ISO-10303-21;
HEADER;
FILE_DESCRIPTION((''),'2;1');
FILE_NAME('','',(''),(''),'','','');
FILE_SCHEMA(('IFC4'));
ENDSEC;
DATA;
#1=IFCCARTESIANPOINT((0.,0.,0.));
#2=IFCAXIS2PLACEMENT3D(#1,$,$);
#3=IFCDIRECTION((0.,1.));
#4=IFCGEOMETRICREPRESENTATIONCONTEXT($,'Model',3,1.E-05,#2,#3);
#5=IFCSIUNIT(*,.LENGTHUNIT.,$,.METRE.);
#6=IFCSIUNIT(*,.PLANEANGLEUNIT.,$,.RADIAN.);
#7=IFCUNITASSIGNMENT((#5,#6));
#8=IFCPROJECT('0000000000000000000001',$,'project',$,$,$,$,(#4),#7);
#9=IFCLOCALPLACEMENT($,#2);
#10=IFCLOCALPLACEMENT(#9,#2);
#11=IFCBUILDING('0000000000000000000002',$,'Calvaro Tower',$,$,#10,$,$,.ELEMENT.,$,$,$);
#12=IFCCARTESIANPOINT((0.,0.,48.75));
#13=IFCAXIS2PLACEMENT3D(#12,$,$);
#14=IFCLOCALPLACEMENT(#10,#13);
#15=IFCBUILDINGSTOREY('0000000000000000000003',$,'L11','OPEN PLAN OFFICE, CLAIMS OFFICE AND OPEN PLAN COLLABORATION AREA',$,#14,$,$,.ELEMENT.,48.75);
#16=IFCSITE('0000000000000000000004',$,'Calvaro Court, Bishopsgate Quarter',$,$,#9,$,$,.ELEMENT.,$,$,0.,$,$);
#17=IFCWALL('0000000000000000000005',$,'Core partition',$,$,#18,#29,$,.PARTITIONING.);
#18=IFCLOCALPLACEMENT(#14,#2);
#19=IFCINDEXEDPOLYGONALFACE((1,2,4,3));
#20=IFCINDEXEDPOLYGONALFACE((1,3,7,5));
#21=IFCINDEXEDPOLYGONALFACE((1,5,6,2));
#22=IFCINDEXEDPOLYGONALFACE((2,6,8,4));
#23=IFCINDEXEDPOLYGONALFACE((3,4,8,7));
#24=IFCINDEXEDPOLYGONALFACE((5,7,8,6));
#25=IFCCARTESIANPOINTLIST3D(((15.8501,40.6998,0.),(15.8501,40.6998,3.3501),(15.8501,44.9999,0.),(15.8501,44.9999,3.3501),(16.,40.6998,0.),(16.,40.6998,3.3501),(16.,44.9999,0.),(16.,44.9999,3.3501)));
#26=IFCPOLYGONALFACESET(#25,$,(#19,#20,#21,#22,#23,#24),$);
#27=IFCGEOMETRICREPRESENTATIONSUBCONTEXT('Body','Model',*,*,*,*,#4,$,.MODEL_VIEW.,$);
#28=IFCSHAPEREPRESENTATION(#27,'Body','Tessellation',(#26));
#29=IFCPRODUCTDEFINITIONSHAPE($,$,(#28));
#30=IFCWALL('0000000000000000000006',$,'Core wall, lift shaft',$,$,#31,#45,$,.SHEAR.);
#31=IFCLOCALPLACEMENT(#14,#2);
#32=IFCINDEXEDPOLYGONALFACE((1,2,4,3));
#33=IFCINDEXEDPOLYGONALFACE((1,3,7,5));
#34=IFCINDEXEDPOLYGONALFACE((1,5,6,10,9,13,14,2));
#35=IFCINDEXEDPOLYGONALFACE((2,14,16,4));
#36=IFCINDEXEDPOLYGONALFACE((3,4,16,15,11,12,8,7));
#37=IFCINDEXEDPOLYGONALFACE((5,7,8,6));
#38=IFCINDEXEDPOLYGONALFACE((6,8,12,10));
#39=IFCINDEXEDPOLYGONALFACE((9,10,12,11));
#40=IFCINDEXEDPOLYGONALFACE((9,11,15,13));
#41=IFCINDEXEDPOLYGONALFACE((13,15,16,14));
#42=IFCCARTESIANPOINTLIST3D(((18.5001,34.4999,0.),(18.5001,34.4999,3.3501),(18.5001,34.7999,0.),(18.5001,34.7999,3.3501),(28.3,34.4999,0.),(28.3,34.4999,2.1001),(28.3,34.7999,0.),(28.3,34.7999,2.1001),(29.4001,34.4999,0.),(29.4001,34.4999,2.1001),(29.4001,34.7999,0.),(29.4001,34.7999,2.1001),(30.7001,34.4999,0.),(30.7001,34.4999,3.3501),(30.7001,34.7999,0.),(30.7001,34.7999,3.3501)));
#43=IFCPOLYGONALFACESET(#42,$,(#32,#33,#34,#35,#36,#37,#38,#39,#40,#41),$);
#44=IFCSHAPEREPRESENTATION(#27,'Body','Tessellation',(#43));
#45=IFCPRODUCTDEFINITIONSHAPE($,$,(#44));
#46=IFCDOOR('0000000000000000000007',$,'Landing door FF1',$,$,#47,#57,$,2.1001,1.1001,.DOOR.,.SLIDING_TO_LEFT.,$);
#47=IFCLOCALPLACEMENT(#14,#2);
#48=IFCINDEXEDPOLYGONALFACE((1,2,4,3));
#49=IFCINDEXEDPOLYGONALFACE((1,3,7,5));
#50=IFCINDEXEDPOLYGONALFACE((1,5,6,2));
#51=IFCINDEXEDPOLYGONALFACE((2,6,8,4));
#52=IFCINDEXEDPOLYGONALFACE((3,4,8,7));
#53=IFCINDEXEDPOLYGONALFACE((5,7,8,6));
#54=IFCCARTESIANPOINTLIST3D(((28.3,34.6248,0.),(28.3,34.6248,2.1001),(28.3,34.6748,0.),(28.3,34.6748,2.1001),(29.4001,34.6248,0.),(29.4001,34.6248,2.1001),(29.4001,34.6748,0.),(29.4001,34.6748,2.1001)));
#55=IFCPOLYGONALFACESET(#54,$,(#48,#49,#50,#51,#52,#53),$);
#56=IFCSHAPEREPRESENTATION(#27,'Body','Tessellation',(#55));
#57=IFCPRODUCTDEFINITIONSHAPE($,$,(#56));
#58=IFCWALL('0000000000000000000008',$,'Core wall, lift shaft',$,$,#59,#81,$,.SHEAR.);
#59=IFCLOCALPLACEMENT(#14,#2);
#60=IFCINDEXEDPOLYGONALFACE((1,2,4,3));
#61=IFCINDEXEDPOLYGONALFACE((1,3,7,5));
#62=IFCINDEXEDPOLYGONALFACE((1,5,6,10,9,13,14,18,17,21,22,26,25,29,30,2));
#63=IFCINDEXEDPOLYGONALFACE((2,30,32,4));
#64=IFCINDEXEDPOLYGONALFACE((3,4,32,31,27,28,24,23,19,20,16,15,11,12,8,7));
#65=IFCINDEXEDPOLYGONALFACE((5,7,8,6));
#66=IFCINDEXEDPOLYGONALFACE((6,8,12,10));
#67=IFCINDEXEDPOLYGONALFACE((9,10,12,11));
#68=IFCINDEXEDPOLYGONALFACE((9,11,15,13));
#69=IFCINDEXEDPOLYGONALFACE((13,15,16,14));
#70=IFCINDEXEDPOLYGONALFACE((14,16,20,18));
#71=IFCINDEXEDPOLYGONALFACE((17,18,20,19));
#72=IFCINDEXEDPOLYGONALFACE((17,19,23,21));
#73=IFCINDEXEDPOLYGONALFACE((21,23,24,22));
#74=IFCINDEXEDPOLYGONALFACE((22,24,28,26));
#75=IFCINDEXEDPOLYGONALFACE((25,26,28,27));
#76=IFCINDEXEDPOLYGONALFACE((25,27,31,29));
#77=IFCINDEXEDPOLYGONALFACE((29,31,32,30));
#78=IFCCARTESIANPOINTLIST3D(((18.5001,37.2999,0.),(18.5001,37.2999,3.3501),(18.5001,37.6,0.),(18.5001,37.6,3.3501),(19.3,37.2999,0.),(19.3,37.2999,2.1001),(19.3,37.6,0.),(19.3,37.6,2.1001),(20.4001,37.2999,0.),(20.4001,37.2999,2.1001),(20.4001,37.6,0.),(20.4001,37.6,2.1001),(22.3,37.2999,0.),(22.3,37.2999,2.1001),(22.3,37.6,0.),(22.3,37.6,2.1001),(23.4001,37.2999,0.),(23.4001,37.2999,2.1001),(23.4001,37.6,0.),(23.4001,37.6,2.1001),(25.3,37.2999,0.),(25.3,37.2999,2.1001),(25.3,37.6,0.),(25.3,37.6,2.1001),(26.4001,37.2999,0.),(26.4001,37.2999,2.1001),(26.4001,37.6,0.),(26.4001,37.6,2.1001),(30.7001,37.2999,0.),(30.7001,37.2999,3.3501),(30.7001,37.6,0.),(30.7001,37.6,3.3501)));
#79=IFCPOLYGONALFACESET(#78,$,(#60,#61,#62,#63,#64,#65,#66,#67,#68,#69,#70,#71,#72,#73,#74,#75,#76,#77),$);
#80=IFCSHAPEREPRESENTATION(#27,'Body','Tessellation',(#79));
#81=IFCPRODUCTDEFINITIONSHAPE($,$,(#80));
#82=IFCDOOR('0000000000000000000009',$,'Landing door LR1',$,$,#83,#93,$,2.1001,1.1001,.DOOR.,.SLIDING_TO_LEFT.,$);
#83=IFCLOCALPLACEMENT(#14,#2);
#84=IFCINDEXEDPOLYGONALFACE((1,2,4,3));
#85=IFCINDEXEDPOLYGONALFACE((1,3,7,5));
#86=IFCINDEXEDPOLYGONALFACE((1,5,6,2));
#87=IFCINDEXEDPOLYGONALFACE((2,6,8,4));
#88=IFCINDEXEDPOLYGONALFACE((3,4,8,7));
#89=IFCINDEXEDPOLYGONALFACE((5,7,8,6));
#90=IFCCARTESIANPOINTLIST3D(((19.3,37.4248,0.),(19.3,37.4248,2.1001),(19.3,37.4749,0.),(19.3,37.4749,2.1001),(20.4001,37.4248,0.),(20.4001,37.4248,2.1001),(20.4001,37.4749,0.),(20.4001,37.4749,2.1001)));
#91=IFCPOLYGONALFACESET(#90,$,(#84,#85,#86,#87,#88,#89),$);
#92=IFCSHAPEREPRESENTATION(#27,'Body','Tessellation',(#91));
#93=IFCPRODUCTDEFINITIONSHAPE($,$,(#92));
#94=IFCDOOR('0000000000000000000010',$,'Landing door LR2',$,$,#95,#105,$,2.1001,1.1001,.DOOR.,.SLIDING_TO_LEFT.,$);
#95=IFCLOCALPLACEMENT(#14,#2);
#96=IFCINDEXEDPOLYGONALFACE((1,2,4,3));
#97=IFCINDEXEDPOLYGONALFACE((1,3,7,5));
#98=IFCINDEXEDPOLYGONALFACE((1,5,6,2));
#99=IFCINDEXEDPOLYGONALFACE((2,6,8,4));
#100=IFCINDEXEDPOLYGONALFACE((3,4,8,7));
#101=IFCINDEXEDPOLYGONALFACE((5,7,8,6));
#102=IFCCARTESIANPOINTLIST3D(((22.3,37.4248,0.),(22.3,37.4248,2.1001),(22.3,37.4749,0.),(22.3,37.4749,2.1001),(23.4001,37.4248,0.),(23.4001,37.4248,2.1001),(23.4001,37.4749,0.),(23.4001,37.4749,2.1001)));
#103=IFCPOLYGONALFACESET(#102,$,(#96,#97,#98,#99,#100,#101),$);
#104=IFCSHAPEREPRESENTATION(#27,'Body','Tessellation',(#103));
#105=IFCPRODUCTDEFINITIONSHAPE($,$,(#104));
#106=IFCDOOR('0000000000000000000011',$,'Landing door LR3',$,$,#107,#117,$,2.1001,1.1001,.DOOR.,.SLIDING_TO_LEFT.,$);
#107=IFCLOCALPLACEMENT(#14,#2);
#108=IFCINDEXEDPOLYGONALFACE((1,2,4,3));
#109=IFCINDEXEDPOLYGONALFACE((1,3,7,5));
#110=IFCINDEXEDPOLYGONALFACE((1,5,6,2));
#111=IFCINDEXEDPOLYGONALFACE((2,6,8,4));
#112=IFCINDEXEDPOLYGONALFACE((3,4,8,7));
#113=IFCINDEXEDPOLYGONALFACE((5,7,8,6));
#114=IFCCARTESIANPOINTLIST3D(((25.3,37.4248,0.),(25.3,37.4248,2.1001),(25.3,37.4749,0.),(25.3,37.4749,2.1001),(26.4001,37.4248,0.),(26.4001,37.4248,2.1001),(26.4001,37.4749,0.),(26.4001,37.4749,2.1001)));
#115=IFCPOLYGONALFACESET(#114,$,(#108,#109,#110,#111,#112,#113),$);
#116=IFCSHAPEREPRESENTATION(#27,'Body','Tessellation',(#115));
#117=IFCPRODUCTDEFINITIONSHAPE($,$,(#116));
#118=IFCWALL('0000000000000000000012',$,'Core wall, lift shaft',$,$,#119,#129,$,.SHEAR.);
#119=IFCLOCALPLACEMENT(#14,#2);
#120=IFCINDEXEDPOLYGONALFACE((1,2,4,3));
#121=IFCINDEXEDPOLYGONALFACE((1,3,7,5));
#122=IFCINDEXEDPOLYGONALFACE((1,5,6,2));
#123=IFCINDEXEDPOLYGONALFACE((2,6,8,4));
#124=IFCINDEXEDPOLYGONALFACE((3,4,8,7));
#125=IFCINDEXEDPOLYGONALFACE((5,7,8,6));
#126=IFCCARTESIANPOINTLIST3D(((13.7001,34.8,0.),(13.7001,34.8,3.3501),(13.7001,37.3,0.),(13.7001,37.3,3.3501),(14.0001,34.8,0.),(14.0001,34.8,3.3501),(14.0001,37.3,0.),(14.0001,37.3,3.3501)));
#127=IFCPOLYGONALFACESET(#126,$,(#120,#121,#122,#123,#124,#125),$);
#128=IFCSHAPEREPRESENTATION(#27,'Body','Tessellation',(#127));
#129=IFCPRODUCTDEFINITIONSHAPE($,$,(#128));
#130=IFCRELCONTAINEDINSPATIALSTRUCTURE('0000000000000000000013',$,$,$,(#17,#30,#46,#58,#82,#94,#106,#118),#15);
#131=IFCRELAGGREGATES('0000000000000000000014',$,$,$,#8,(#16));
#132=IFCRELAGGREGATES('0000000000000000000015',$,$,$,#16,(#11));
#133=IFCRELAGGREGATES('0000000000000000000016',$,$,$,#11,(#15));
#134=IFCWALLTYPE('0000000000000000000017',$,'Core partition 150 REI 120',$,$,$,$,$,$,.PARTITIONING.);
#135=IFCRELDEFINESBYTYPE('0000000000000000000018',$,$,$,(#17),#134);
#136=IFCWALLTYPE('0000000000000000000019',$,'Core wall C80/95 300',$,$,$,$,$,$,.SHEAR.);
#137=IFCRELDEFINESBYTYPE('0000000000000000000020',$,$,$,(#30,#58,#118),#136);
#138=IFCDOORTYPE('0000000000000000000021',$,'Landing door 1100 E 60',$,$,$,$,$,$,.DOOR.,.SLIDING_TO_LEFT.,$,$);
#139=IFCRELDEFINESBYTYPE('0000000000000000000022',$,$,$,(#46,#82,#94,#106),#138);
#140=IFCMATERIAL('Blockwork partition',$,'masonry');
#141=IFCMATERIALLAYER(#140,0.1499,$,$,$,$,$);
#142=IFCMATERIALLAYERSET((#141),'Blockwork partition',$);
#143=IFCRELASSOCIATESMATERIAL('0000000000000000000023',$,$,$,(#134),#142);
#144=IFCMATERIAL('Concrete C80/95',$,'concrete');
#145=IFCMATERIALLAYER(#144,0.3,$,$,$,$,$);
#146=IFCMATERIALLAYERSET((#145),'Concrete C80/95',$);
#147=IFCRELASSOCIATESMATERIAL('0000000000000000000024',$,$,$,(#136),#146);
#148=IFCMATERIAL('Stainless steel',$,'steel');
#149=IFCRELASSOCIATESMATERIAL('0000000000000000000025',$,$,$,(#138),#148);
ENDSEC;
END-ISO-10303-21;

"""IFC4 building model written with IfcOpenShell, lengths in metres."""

from ifc_helpers import new_model, si_unit, direction, frame, frame_2d, origin, place, context, subcontext, project, spatial, rectangle, extrude, material, layer, layer_set, type_object, element, fill, save


model = new_model("IFC4")

# Units and contexts
model_context = context("Model", 3, precision=1e-05, world=origin(), true_north=direction((0.0, 1.0)))
body_context = subcontext(model_context, "Body", "Model", "MODEL_VIEW")
ifc_project = project(units=[si_unit("LENGTHUNIT", "METRE"), si_unit("PLANEANGLEUNIT", "RADIAN")], contexts=[model_context])

# Site, building, storey
site_placement = place(None, origin())
site = spatial("IfcSite", under=ifc_project, at=site_placement, Name="Calvaro Court, Bishopsgate Quarter", CompositionType="ELEMENT", RefElevation=0.0)
building_placement = place(site_placement, origin())
building = spatial("IfcBuilding", under=site, at=building_placement, Name="Calvaro Tower", CompositionType="ELEMENT")
storey_placement = place(building_placement, frame((0.0, 0.0, 48.75)))
storey = spatial("IfcBuildingStorey", under=building, at=storey_placement, Name="L11", Description="OPEN PLAN OFFICE, CLAIMS OFFICE AND OPEN PLAN COLLABORATION AREA", CompositionType="ELEMENT", Elevation=48.75)

# Wall
ifc_material_1 = material(Name="Blockwork partition", Category="masonry")
ifc_layer_1 = layer(ifc_material_1, 0.1499)
ifc_layer_set_1 = layer_set([ifc_layer_1], Name="Blockwork partition")
wall_type_1 = type_object("IfcWallType", Name="Core partition 150 REI 120", PredefinedType="PARTITIONING", material=ifc_layer_set_1)
wall_1_placement = place(storey_placement, frame((15.925, 40.7, 0.0), z_axis=(0.0, 0.0, 1.0), x_axis=(0.0, 1.0, 0.0)))
element("IfcWall", 1, at=wall_1_placement, inside=storey, type_object=wall_type_1, Name="Core partition", PredefinedType="PARTITIONING", context=body_context, shape_type="SweptSolid", body=[
    extrude(rectangle(XDim=4.3, YDim=0.1499, at=frame_2d((2.1499, 0.0))), origin(), (0.0, 0.0, 1.0), 3.3501),
])

# Wall, opening, door
ifc_material_2 = material(Name="Concrete C80/95", Category="concrete")
ifc_layer_2 = layer(ifc_material_2, 0.3)
ifc_layer_set_2 = layer_set([ifc_layer_2], Name="Concrete C80/95")
wall_type_2 = type_object("IfcWallType", Name="Core wall C80/95 300", PredefinedType="SHEAR", material=ifc_layer_set_2)
wall_2_placement = place(storey_placement, frame((18.5, 34.6499, 0.0), z_axis=(0.0, 0.0, 1.0), x_axis=(1.0, 0.0, 0.0)))
wall_2 = element("IfcWall", 2, at=wall_2_placement, inside=storey, type_object=wall_type_2, Name="Core wall, lift shaft", PredefinedType="SHEAR", context=body_context, shape_type="SweptSolid", body=[
    extrude(rectangle(XDim=12.2, YDim=0.3, at=frame_2d((6.1001, 0.0))), origin(), (0.0, 0.0, 1.0), 3.3501),
])
opening_1_placement = place(wall_2_placement, frame((9.8, 0.0, 0.0)))
opening_1 = element("IfcOpeningElement", 3, at=opening_1_placement, cuts=wall_2, PredefinedType="OPENING", context=body_context, shape_type="SweptSolid", body=[
    extrude(rectangle(XDim=1.1001, YDim=2.1001, at=frame_2d((0.55, 1.05))), frame((0.0, 0.1599, 0.0), z_axis=(0.0, -1.0, 0.0), x_axis=(1.0, 0.0, 0.0)), (0.0, 0.0, 1.0), 0.3201),
])
ifc_material_3 = material(Name="Stainless steel", Category="steel")
door_type_1 = type_object("IfcDoorType", Name="Landing door 1100 E 60", OperationType="SLIDING_TO_LEFT", PredefinedType="DOOR", material=ifc_material_3)
door_1_placement = place(opening_1_placement, origin())
door_1 = element("IfcDoor", 4, at=door_1_placement, inside=storey, type_object=door_type_1, Name="Landing door FF1", OperationType="SLIDING_TO_LEFT", OverallHeight=2.1001, OverallWidth=1.1001, PredefinedType="DOOR", context=body_context, shape_type="SweptSolid", body=[
    extrude(rectangle(XDim=1.1001, YDim=2.1001, at=frame_2d((0.55, 1.05))), frame((0.0, 0.0249, 0.0), z_axis=(0.0, -1.0, 0.0), x_axis=(1.0, 0.0, 0.0)), (0.0, 0.0, 1.0), 0.05),
])
fill(opening_1, door_1)

# Wall, openings, doors
wall_3_placement = place(storey_placement, frame((18.5, 37.45, 0.0), z_axis=(0.0, 0.0, 1.0), x_axis=(1.0, 0.0, 0.0)))
wall_3 = element("IfcWall", 5, at=wall_3_placement, inside=storey, type_object=wall_type_2, Name="Core wall, lift shaft", PredefinedType="SHEAR", context=body_context, shape_type="SweptSolid", body=[
    extrude(rectangle(XDim=12.2, YDim=0.3, at=frame_2d((6.1001, 0.0))), origin(), (0.0, 0.0, 1.0), 3.3501),
])
opening_2_placement = place(wall_3_placement, frame((0.8, 0.0, 0.0)))
opening_2 = element("IfcOpeningElement", 6, at=opening_2_placement, cuts=wall_3, PredefinedType="OPENING", context=body_context, shape_type="SweptSolid", body=[
    extrude(rectangle(XDim=1.1001, YDim=2.1001, at=frame_2d((0.55, 1.05))), frame((0.0, 0.1599, 0.0), z_axis=(0.0, -1.0, 0.0), x_axis=(1.0, 0.0, 0.0)), (0.0, 0.0, 1.0), 0.3201),
])
opening_3_placement = place(wall_3_placement, frame((3.8, 0.0, 0.0)))
opening_3 = element("IfcOpeningElement", 7, at=opening_3_placement, cuts=wall_3, PredefinedType="OPENING", context=body_context, shape_type="SweptSolid", body=[
    extrude(rectangle(XDim=1.1001, YDim=2.1001, at=frame_2d((0.55, 1.05))), frame((0.0, 0.1599, 0.0), z_axis=(0.0, -1.0, 0.0), x_axis=(1.0, 0.0, 0.0)), (0.0, 0.0, 1.0), 0.3201),
])
opening_4_placement = place(wall_3_placement, frame((6.8, 0.0, 0.0)))
opening_4 = element("IfcOpeningElement", 8, at=opening_4_placement, cuts=wall_3, PredefinedType="OPENING", context=body_context, shape_type="SweptSolid", body=[
    extrude(rectangle(XDim=1.1001, YDim=2.1001, at=frame_2d((0.55, 1.05))), frame((0.0, 0.1599, 0.0), z_axis=(0.0, -1.0, 0.0), x_axis=(1.0, 0.0, 0.0)), (0.0, 0.0, 1.0), 0.3201),
])
door_2_placement = place(opening_2_placement, origin())
door_2 = element("IfcDoor", 9, at=door_2_placement, inside=storey, type_object=door_type_1, Name="Landing door LR1", OperationType="SLIDING_TO_LEFT", OverallHeight=2.1001, OverallWidth=1.1001, PredefinedType="DOOR", context=body_context, shape_type="SweptSolid", body=[
    extrude(rectangle(XDim=1.1001, YDim=2.1001, at=frame_2d((0.55, 1.05))), frame((0.0, 0.0249, 0.0), z_axis=(0.0, -1.0, 0.0), x_axis=(1.0, 0.0, 0.0)), (0.0, 0.0, 1.0), 0.05),
])
fill(opening_2, door_2)
door_3_placement = place(opening_3_placement, origin())
door_3 = element("IfcDoor", 10, at=door_3_placement, inside=storey, type_object=door_type_1, Name="Landing door LR2", OperationType="SLIDING_TO_LEFT", OverallHeight=2.1001, OverallWidth=1.1001, PredefinedType="DOOR", context=body_context, shape_type="SweptSolid", body=[
    extrude(rectangle(XDim=1.1001, YDim=2.1001, at=frame_2d((0.55, 1.05))), frame((0.0, 0.0249, 0.0), z_axis=(0.0, -1.0, 0.0), x_axis=(1.0, 0.0, 0.0)), (0.0, 0.0, 1.0), 0.05),
])
fill(opening_3, door_3)
door_4_placement = place(opening_4_placement, origin())
door_4 = element("IfcDoor", 11, at=door_4_placement, inside=storey, type_object=door_type_1, Name="Landing door LR3", OperationType="SLIDING_TO_LEFT", OverallHeight=2.1001, OverallWidth=1.1001, PredefinedType="DOOR", context=body_context, shape_type="SweptSolid", body=[
    extrude(rectangle(XDim=1.1001, YDim=2.1001, at=frame_2d((0.55, 1.05))), frame((0.0, 0.0249, 0.0), z_axis=(0.0, -1.0, 0.0), x_axis=(1.0, 0.0, 0.0)), (0.0, 0.0, 1.0), 0.05),
])
fill(opening_4, door_4)

# Wall
wall_4_placement = place(storey_placement, frame((13.8501, 34.8, 0.0), z_axis=(0.0, 0.0, 1.0), x_axis=(0.0, 1.0, 0.0)))
element("IfcWall", 12, at=wall_4_placement, inside=storey, type_object=wall_type_2, Name="Core wall, lift shaft", PredefinedType="SHEAR", context=body_context, shape_type="SweptSolid", body=[
    extrude(rectangle(XDim=2.5, YDim=0.3, at=frame_2d((1.25, 0.0))), origin(), (0.0, 0.0, 1.0), 3.3501),
])

save(model, "model.ifc")
